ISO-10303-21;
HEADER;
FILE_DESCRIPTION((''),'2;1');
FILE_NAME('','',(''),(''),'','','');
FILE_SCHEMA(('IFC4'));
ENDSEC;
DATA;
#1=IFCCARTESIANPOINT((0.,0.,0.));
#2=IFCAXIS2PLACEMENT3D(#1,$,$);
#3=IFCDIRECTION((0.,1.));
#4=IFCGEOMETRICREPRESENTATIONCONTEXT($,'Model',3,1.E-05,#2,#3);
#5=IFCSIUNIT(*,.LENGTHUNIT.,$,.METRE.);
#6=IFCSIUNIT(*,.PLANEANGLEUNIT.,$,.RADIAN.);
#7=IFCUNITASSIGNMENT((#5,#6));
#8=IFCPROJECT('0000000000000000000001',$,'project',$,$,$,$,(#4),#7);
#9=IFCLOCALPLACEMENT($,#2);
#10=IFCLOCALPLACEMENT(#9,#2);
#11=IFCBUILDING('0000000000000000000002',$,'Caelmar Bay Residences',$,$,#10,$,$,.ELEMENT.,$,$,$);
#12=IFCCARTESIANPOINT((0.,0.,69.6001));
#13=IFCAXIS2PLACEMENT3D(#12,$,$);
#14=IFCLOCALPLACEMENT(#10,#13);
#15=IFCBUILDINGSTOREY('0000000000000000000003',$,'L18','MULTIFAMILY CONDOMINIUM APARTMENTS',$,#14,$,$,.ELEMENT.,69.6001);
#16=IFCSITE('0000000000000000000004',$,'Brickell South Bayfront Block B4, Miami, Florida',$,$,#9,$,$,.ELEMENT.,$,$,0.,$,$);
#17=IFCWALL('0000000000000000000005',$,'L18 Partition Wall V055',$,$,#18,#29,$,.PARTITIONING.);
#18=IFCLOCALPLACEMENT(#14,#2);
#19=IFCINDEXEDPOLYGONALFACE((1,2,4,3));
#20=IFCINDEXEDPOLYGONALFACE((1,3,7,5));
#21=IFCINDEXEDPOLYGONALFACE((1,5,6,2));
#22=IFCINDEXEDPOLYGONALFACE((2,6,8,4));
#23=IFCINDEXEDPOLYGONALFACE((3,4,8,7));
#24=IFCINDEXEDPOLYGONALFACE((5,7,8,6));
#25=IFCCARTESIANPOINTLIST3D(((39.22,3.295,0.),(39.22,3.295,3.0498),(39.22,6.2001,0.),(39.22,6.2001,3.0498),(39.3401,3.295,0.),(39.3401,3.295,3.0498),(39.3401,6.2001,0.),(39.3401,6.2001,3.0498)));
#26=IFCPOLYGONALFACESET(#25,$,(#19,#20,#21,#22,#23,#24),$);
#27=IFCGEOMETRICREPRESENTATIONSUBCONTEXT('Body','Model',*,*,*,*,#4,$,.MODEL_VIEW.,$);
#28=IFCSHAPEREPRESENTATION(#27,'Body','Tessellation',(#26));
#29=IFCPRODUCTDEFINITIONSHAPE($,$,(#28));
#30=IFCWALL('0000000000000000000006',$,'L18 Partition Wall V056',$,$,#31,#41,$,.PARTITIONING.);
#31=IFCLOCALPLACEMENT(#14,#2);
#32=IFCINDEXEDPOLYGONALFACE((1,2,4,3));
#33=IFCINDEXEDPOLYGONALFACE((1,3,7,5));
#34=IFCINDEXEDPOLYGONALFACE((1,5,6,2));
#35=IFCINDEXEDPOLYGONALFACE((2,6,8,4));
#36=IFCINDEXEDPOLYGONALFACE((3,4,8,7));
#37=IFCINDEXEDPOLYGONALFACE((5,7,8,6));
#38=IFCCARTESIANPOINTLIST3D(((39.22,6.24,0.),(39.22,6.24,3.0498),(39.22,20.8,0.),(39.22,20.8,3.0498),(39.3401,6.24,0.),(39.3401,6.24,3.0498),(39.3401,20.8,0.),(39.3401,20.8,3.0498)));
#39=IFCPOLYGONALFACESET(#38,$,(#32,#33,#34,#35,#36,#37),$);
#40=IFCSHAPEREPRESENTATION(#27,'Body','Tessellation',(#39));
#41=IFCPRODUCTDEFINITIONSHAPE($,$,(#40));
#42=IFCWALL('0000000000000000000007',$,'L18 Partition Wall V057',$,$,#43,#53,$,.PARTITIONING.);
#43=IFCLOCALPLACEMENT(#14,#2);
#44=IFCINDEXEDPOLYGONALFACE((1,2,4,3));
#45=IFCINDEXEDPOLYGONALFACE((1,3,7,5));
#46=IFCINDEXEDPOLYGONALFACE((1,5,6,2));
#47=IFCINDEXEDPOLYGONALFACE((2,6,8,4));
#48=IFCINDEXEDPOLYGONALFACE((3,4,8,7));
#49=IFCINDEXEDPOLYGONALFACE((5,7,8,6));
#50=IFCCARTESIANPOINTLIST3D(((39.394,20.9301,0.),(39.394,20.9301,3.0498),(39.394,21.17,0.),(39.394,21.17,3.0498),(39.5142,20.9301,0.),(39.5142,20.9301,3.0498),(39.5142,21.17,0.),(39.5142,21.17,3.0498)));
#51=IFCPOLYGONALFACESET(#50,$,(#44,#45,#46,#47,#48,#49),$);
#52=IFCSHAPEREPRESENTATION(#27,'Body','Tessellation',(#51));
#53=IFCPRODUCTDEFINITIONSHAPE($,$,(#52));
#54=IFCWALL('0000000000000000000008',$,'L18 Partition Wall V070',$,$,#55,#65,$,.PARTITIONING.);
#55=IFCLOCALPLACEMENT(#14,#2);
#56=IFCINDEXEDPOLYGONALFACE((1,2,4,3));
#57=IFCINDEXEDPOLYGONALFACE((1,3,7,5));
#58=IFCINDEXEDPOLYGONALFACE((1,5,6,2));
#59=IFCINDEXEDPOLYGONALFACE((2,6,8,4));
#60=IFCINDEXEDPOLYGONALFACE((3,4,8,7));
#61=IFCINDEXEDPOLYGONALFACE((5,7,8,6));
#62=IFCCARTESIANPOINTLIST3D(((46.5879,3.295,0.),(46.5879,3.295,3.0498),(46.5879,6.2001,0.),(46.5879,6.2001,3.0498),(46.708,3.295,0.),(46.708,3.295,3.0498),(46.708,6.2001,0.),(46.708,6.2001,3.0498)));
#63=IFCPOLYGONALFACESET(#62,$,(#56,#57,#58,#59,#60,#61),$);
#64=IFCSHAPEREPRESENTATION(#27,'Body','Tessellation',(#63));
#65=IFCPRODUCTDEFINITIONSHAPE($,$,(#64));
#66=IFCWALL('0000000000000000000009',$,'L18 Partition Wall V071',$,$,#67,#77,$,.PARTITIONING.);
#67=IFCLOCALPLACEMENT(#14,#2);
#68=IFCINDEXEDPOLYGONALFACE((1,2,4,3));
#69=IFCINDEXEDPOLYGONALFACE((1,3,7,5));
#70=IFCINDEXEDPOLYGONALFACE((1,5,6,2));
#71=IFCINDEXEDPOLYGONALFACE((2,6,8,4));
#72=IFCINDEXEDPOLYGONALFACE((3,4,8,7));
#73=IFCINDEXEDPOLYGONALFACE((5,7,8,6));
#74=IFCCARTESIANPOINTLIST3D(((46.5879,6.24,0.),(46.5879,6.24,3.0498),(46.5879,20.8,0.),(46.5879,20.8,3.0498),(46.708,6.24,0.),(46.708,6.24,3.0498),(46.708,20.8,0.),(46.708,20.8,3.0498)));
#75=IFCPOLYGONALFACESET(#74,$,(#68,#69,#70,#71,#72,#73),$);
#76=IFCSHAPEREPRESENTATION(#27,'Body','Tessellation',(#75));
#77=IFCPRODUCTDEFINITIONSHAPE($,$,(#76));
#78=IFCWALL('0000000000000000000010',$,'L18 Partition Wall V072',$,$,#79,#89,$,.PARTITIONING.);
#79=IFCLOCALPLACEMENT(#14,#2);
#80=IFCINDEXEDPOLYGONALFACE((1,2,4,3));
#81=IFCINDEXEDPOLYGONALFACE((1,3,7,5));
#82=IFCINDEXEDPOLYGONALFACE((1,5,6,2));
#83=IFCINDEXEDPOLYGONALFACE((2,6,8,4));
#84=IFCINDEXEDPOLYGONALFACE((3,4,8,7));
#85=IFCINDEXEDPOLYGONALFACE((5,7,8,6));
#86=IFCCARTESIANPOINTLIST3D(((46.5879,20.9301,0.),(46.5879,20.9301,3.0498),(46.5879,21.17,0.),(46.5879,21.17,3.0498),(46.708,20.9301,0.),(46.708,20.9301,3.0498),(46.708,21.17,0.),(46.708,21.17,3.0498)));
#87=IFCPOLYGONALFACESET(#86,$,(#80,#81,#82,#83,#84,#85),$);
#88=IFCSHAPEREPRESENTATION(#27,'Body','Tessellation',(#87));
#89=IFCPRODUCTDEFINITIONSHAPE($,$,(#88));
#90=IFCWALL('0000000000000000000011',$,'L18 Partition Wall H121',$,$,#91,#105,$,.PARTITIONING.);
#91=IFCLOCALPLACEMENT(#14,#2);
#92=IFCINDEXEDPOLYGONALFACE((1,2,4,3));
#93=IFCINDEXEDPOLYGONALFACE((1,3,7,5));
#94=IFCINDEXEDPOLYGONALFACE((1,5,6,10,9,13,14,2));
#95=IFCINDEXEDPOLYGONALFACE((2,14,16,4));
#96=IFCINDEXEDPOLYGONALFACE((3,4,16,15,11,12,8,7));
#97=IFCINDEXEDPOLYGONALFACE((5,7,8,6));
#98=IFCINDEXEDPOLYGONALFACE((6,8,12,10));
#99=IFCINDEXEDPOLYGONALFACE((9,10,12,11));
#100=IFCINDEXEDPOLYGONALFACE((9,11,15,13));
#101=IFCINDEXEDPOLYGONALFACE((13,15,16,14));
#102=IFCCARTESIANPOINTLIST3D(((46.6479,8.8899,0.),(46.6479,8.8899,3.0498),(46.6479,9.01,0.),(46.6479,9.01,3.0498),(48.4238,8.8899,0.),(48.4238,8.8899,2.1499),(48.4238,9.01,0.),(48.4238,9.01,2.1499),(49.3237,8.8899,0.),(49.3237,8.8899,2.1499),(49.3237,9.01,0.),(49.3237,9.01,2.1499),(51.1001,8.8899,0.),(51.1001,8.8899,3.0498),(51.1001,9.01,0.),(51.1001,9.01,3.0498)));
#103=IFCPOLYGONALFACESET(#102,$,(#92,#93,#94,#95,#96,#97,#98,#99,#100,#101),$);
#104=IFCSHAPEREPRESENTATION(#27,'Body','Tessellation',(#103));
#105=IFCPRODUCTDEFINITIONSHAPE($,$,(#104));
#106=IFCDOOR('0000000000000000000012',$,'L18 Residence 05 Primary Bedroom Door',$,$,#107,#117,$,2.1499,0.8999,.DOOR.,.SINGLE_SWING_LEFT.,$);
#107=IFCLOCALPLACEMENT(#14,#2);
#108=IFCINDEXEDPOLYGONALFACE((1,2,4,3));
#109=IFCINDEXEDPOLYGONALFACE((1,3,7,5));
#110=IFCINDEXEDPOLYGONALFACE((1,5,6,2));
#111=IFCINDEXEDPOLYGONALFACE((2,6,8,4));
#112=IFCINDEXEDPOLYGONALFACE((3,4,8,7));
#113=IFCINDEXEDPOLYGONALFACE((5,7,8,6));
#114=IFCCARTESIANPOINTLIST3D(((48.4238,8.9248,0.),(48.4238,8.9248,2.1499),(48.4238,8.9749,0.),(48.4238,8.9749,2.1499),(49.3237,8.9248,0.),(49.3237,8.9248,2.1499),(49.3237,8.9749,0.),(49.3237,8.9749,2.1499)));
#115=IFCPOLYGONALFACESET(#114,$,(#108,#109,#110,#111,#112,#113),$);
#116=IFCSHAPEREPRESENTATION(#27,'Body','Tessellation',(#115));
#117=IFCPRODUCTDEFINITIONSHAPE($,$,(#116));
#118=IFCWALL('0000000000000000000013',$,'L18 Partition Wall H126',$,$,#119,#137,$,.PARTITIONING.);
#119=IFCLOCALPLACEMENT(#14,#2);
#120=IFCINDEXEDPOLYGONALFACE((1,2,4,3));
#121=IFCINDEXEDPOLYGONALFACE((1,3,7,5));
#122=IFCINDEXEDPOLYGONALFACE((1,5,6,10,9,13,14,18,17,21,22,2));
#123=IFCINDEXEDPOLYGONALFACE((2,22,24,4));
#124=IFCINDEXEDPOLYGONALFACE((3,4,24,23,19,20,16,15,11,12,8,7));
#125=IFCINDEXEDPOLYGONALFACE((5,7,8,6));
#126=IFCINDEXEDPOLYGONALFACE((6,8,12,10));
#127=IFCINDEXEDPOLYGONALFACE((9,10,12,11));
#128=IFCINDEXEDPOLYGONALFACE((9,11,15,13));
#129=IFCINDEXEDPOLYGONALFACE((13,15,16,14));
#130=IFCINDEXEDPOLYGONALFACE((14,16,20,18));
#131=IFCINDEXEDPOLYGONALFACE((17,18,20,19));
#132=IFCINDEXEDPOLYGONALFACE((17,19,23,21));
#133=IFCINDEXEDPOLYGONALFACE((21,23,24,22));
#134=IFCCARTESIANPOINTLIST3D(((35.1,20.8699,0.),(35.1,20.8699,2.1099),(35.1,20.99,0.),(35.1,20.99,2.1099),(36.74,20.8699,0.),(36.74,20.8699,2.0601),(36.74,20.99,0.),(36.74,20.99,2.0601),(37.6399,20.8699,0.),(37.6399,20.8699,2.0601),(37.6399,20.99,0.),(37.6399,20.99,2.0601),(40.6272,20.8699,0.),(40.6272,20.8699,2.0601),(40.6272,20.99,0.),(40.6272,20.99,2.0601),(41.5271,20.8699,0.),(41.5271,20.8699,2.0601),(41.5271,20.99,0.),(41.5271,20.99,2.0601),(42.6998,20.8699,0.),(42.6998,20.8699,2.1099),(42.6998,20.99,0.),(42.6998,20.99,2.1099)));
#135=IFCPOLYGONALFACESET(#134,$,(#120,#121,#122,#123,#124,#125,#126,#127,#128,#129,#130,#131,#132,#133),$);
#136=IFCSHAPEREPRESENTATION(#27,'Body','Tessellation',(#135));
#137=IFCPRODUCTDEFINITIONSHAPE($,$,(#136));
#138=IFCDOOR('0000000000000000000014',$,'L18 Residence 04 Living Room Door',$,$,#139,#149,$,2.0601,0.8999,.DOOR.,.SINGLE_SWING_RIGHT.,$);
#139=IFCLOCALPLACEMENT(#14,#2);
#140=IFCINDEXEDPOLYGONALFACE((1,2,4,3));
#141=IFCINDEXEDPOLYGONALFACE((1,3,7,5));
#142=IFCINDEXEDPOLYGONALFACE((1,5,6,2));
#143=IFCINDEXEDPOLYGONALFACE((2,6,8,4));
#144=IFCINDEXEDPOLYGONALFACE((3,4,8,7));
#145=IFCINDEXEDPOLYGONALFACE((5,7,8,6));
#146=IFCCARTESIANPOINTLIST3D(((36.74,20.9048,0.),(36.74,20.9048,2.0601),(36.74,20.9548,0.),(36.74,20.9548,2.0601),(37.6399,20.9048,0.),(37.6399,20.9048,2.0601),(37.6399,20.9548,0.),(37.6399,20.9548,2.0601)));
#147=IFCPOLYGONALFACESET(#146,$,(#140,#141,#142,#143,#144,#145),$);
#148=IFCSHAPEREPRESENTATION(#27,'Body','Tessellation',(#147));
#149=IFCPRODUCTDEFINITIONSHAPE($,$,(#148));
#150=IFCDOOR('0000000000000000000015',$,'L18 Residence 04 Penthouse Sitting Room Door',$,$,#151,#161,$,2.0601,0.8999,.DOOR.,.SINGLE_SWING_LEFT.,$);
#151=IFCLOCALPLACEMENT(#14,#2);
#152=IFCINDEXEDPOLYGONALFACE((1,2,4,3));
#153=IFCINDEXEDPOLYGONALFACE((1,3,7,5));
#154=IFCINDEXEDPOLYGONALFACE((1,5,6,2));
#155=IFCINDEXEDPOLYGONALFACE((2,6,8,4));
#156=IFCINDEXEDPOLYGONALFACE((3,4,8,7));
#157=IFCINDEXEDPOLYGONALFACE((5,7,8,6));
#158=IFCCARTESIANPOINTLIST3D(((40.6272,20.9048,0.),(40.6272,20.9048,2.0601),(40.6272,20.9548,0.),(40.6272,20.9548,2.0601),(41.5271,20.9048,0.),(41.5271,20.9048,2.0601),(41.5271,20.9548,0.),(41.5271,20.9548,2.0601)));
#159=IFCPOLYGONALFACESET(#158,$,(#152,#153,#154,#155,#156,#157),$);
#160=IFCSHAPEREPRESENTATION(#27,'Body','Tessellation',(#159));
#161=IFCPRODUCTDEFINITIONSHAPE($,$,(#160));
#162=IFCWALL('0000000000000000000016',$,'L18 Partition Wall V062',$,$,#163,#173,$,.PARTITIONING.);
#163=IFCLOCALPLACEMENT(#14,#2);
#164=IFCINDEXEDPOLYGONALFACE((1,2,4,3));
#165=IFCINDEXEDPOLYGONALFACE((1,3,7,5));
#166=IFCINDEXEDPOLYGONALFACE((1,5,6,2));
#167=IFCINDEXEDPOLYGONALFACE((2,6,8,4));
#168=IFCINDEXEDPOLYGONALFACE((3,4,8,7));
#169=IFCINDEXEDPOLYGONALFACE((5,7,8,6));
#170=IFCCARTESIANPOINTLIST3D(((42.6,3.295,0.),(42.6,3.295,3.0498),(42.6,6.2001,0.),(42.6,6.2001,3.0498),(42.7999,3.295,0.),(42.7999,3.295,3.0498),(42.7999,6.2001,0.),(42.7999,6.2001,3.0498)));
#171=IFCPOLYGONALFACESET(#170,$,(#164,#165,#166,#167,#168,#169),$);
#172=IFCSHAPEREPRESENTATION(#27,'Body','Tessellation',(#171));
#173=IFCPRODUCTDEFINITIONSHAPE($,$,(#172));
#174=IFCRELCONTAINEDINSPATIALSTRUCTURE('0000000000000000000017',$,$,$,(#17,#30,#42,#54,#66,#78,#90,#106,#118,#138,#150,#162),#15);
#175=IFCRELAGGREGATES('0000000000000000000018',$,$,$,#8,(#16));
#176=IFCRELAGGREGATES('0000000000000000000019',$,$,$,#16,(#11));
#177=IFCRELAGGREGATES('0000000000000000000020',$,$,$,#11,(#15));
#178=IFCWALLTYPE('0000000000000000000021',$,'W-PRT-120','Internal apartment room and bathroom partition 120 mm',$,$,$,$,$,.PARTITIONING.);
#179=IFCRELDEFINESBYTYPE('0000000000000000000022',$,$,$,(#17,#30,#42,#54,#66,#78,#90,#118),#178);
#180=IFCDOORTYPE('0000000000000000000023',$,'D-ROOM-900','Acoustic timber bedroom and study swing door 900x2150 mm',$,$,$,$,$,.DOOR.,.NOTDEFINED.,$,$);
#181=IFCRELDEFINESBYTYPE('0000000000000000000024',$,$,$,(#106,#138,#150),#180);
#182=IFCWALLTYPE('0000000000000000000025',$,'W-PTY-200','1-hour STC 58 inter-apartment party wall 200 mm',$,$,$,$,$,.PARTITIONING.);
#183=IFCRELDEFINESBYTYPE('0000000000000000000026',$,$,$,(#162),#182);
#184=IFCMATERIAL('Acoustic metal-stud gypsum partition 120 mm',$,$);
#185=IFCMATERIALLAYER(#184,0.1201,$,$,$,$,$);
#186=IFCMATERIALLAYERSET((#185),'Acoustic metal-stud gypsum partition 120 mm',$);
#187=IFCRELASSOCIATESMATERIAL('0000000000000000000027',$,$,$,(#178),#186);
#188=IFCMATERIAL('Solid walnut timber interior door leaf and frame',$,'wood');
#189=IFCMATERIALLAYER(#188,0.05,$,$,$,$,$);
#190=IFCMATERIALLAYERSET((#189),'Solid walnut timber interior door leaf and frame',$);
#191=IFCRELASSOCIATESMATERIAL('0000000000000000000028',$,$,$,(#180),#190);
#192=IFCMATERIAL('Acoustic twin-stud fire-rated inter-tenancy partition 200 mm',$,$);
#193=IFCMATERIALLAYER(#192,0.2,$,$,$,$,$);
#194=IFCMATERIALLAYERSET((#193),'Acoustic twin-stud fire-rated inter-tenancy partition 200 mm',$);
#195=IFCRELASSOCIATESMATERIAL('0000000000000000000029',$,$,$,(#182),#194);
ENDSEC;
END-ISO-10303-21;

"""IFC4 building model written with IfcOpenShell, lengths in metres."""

from ifc_helpers import new_model, si_unit, direction, frame, frame_2d, origin, place, context, subcontext, project, spatial, rectangle, extrude, material, layer, layer_set, type_object, element, fill, save


model = new_model("IFC4")

# Units and contexts
model_context = context("Model", 3, precision=1e-05, world=origin(), true_north=direction((0.0, 1.0)))
body_context = subcontext(model_context, "Body", "Model", "MODEL_VIEW")
ifc_project = project(units=[si_unit("LENGTHUNIT", "METRE"), si_unit("PLANEANGLEUNIT", "RADIAN")], contexts=[model_context])

# Site, building, storey
site_placement = place(None, origin())
site = spatial("IfcSite", under=ifc_project, at=site_placement, Name="Brickell South Bayfront Block B4, Miami, Florida", CompositionType="ELEMENT", RefElevation=0.0)
building_placement = place(site_placement, origin())
building = spatial("IfcBuilding", under=site, at=building_placement, Name="Caelmar Bay Residences", CompositionType="ELEMENT")
storey_placement = place(building_placement, frame((0.0, 0.0, 69.6001)))
storey = spatial("IfcBuildingStorey", under=building, at=storey_placement, Name="L18", Description="MULTIFAMILY CONDOMINIUM APARTMENTS", CompositionType="ELEMENT", Elevation=69.6001)

# Walls
ifc_material_1 = material(Name="Acoustic metal-stud gypsum partition 120 mm")
ifc_layer_1 = layer(ifc_material_1, 0.1201)
ifc_layer_set_1 = layer_set([ifc_layer_1], Name="Acoustic metal-stud gypsum partition 120 mm")
wall_type_1 = type_object("IfcWallType", Name="W-PRT-120", Description="Internal apartment room and bathroom partition 120 mm", PredefinedType="PARTITIONING", material=ifc_layer_set_1)
wall_1_placement = place(storey_placement, frame((39.28, 3.2949, 0.0), z_axis=(0.0, 0.0, 1.0), x_axis=(0.0, 1.0, 0.0)))
element("IfcWall", 1, at=wall_1_placement, inside=storey, type_object=wall_type_1, Name="L18 Partition Wall V055", PredefinedType="PARTITIONING", context=body_context, shape_type="SweptSolid", body=[
    extrude(rectangle(XDim=2.905, YDim=0.1201, at=frame_2d((1.4526, 0.0))), origin(), (0.0, 0.0, 1.0), 3.0498),
])
wall_2_placement = place(storey_placement, frame((39.28, 6.24, 0.0), z_axis=(0.0, 0.0, 1.0), x_axis=(0.0, 1.0, 0.0)))
element("IfcWall", 2, at=wall_2_placement, inside=storey, type_object=wall_type_1, Name="L18 Partition Wall V056", PredefinedType="PARTITIONING", context=body_context, shape_type="SweptSolid", body=[
    extrude(rectangle(XDim=14.5601, YDim=0.1201, at=frame_2d((7.28, 0.0))), origin(), (0.0, 0.0, 1.0), 3.0498),
])
wall_3_placement = place(storey_placement, frame((39.4541, 20.9299, 0.0), z_axis=(0.0, 0.0, 1.0), x_axis=(0.0, 1.0, 0.0)))
element("IfcWall", 3, at=wall_3_placement, inside=storey, type_object=wall_type_1, Name="L18 Partition Wall V057", PredefinedType="PARTITIONING", context=body_context, shape_type="SweptSolid", body=[
    extrude(rectangle(XDim=0.24, YDim=0.1201, at=frame_2d((0.1201, 0.0))), origin(), (0.0, 0.0, 1.0), 3.0498),
])
wall_4_placement = place(storey_placement, frame((46.6479, 3.2949, 0.0), z_axis=(0.0, 0.0, 1.0), x_axis=(0.0, 1.0, 0.0)))
element("IfcWall", 4, at=wall_4_placement, inside=storey, type_object=wall_type_1, Name="L18 Partition Wall V070", PredefinedType="PARTITIONING", context=body_context, shape_type="SweptSolid", body=[
    extrude(rectangle(XDim=2.905, YDim=0.1201, at=frame_2d((1.4526, 0.0))), origin(), (0.0, 0.0, 1.0), 3.0498),
])
wall_5_placement = place(storey_placement, frame((46.6479, 6.24, 0.0), z_axis=(0.0, 0.0, 1.0), x_axis=(0.0, 1.0, 0.0)))
element("IfcWall", 5, at=wall_5_placement, inside=storey, type_object=wall_type_1, Name="L18 Partition Wall V071", PredefinedType="PARTITIONING", context=body_context, shape_type="SweptSolid", body=[
    extrude(rectangle(XDim=14.5601, YDim=0.1201, at=frame_2d((7.28, 0.0))), origin(), (0.0, 0.0, 1.0), 3.0498),
])
wall_6_placement = place(storey_placement, frame((46.6479, 20.9299, 0.0), z_axis=(0.0, 0.0, 1.0), x_axis=(0.0, 1.0, 0.0)))
element("IfcWall", 6, at=wall_6_placement, inside=storey, type_object=wall_type_1, Name="L18 Partition Wall V072", PredefinedType="PARTITIONING", context=body_context, shape_type="SweptSolid", body=[
    extrude(rectangle(XDim=0.24, YDim=0.1201, at=frame_2d((0.1201, 0.0))), origin(), (0.0, 0.0, 1.0), 3.0498),
])

# Wall, opening, door
ifc_material_2 = material(Name="Solid walnut timber interior door leaf and frame", Category="wood")
ifc_layer_2 = layer(ifc_material_2, 0.05)
ifc_layer_set_2 = layer_set([ifc_layer_2], Name="Solid walnut timber interior door leaf and frame")
door_type = type_object("IfcDoorType", Name="D-ROOM-900", Description="Acoustic timber bedroom and study swing door 900x2150 mm", OperationType="NOTDEFINED", PredefinedType="DOOR", material=ifc_layer_set_2)
wall_7_placement = place(storey_placement, frame((46.6479, 8.95, 0.0), z_axis=(0.0, 0.0, 1.0), x_axis=(1.0, 0.0, 0.0)))
wall_7 = element("IfcWall", 7, at=wall_7_placement, inside=storey, type_object=wall_type_1, Name="L18 Partition Wall H121", PredefinedType="PARTITIONING", context=body_context, shape_type="SweptSolid", body=[
    extrude(rectangle(XDim=4.4521, YDim=0.1201, at=frame_2d((2.2261, 0.0))), origin(), (0.0, 0.0, 1.0), 3.0498),
])
opening_1_placement = place(wall_7_placement, frame((1.7759, 0.0, 0.0)))
opening_1 = element("IfcOpeningElement", 8, at=opening_1_placement, cuts=wall_7, PredefinedType="OPENING", context=body_context, shape_type="SweptSolid", body=[
    extrude(rectangle(XDim=0.8999, YDim=2.1499, at=frame_2d((0.45, 1.075))), frame((0.0, 0.0701, 0.0), z_axis=(0.0, -1.0, 0.0), x_axis=(1.0, 0.0, 0.0)), (0.0, 0.0, 1.0), 0.1401),
])
door_1_placement = place(opening_1_placement, origin())
door_1 = element("IfcDoor", 9, at=door_1_placement, inside=storey, type_object=door_type, Name="L18 Residence 05 Primary Bedroom Door", OperationType="SINGLE_SWING_LEFT", OverallHeight=2.1499, OverallWidth=0.8999, PredefinedType="DOOR", context=body_context, shape_type="SweptSolid", body=[
    extrude(rectangle(XDim=0.8999, YDim=2.1499, at=frame_2d((0.45, 1.075))), frame((0.0, 0.0249, 0.0), z_axis=(0.0, -1.0, 0.0), x_axis=(1.0, 0.0, 0.0)), (0.0, 0.0, 1.0), 0.05),
])
fill(opening_1, door_1)

# Wall, openings, doors
wall_8_placement = place(storey_placement, frame((35.1001, 20.9299, 0.0), z_axis=(0.0, 0.0, 1.0), x_axis=(1.0, 0.0, 0.0)))
wall_8 = element("IfcWall", 10, at=wall_8_placement, inside=storey, type_object=wall_type_1, Name="L18 Partition Wall H126", PredefinedType="PARTITIONING", context=body_context, shape_type="SweptSolid", body=[
    extrude(rectangle(XDim=7.5999, YDim=0.1201, at=frame_2d((3.7998, 0.0))), origin(), (0.0, 0.0, 1.0), 2.1099),
])
opening_2_placement = place(wall_8_placement, frame((1.6399, 0.0, 0.0)))
opening_2 = element("IfcOpeningElement", 11, at=opening_2_placement, cuts=wall_8, PredefinedType="OPENING", context=body_context, shape_type="SweptSolid", body=[
    extrude(rectangle(XDim=0.8999, YDim=2.0601, at=frame_2d((0.45, 1.03))), frame((0.0, 0.0701, 0.0), z_axis=(0.0, -1.0, 0.0), x_axis=(1.0, 0.0, 0.0)), (0.0, 0.0, 1.0), 0.1401),
])
opening_3_placement = place(wall_8_placement, frame((5.5271, 0.0, 0.0)))
opening_3 = element("IfcOpeningElement", 12, at=opening_3_placement, cuts=wall_8, PredefinedType="OPENING", context=body_context, shape_type="SweptSolid", body=[
    extrude(rectangle(XDim=0.8999, YDim=2.0601, at=frame_2d((0.45, 1.03))), frame((0.0, 0.0701, 0.0), z_axis=(0.0, -1.0, 0.0), x_axis=(1.0, 0.0, 0.0)), (0.0, 0.0, 1.0), 0.1401),
])
door_2_placement = place(opening_2_placement, origin())
door_2 = element("IfcDoor", 13, at=door_2_placement, inside=storey, type_object=door_type, Name="L18 Residence 04 Living Room Door", OperationType="SINGLE_SWING_RIGHT", OverallHeight=2.0601, OverallWidth=0.8999, PredefinedType="DOOR", context=body_context, shape_type="SweptSolid", body=[
    extrude(rectangle(XDim=0.8999, YDim=2.0601, at=frame_2d((0.45, 1.03))), frame((0.0, 0.0249, 0.0), z_axis=(0.0, -1.0, 0.0), x_axis=(1.0, 0.0, 0.0)), (0.0, 0.0, 1.0), 0.05),
])
fill(opening_2, door_2)
door_3_placement = place(opening_3_placement, origin())
door_3 = element("IfcDoor", 14, at=door_3_placement, inside=storey, type_object=door_type, Name="L18 Residence 04 Penthouse Sitting Room Door", OperationType="SINGLE_SWING_LEFT", OverallHeight=2.0601, OverallWidth=0.8999, PredefinedType="DOOR", context=body_context, shape_type="SweptSolid", body=[
    extrude(rectangle(XDim=0.8999, YDim=2.0601, at=frame_2d((0.45, 1.03))), frame((0.0, 0.0249, 0.0), z_axis=(0.0, -1.0, 0.0), x_axis=(1.0, 0.0, 0.0)), (0.0, 0.0, 1.0), 0.05),
])
fill(opening_3, door_3)

# Wall
ifc_material_3 = material(Name="Acoustic twin-stud fire-rated inter-tenancy partition 200 mm")
ifc_layer_3 = layer(ifc_material_3, 0.2)
ifc_layer_set_3 = layer_set([ifc_layer_3], Name="Acoustic twin-stud fire-rated inter-tenancy partition 200 mm")
wall_type_2 = type_object("IfcWallType", Name="W-PTY-200", Description="1-hour STC 58 inter-apartment party wall 200 mm", PredefinedType="PARTITIONING", material=ifc_layer_set_3)
wall_9_placement = place(storey_placement, frame((42.7, 3.2949, 0.0), z_axis=(0.0, 0.0, 1.0), x_axis=(0.0, 1.0, 0.0)))
element("IfcWall", 15, at=wall_9_placement, inside=storey, type_object=wall_type_2, Name="L18 Partition Wall V062", PredefinedType="PARTITIONING", context=body_context, shape_type="SweptSolid", body=[
    extrude(rectangle(XDim=2.905, YDim=0.2, at=frame_2d((1.4526, 0.0))), origin(), (0.0, 0.0, 1.0), 3.0498),
])

save(model, "model.ifc")
